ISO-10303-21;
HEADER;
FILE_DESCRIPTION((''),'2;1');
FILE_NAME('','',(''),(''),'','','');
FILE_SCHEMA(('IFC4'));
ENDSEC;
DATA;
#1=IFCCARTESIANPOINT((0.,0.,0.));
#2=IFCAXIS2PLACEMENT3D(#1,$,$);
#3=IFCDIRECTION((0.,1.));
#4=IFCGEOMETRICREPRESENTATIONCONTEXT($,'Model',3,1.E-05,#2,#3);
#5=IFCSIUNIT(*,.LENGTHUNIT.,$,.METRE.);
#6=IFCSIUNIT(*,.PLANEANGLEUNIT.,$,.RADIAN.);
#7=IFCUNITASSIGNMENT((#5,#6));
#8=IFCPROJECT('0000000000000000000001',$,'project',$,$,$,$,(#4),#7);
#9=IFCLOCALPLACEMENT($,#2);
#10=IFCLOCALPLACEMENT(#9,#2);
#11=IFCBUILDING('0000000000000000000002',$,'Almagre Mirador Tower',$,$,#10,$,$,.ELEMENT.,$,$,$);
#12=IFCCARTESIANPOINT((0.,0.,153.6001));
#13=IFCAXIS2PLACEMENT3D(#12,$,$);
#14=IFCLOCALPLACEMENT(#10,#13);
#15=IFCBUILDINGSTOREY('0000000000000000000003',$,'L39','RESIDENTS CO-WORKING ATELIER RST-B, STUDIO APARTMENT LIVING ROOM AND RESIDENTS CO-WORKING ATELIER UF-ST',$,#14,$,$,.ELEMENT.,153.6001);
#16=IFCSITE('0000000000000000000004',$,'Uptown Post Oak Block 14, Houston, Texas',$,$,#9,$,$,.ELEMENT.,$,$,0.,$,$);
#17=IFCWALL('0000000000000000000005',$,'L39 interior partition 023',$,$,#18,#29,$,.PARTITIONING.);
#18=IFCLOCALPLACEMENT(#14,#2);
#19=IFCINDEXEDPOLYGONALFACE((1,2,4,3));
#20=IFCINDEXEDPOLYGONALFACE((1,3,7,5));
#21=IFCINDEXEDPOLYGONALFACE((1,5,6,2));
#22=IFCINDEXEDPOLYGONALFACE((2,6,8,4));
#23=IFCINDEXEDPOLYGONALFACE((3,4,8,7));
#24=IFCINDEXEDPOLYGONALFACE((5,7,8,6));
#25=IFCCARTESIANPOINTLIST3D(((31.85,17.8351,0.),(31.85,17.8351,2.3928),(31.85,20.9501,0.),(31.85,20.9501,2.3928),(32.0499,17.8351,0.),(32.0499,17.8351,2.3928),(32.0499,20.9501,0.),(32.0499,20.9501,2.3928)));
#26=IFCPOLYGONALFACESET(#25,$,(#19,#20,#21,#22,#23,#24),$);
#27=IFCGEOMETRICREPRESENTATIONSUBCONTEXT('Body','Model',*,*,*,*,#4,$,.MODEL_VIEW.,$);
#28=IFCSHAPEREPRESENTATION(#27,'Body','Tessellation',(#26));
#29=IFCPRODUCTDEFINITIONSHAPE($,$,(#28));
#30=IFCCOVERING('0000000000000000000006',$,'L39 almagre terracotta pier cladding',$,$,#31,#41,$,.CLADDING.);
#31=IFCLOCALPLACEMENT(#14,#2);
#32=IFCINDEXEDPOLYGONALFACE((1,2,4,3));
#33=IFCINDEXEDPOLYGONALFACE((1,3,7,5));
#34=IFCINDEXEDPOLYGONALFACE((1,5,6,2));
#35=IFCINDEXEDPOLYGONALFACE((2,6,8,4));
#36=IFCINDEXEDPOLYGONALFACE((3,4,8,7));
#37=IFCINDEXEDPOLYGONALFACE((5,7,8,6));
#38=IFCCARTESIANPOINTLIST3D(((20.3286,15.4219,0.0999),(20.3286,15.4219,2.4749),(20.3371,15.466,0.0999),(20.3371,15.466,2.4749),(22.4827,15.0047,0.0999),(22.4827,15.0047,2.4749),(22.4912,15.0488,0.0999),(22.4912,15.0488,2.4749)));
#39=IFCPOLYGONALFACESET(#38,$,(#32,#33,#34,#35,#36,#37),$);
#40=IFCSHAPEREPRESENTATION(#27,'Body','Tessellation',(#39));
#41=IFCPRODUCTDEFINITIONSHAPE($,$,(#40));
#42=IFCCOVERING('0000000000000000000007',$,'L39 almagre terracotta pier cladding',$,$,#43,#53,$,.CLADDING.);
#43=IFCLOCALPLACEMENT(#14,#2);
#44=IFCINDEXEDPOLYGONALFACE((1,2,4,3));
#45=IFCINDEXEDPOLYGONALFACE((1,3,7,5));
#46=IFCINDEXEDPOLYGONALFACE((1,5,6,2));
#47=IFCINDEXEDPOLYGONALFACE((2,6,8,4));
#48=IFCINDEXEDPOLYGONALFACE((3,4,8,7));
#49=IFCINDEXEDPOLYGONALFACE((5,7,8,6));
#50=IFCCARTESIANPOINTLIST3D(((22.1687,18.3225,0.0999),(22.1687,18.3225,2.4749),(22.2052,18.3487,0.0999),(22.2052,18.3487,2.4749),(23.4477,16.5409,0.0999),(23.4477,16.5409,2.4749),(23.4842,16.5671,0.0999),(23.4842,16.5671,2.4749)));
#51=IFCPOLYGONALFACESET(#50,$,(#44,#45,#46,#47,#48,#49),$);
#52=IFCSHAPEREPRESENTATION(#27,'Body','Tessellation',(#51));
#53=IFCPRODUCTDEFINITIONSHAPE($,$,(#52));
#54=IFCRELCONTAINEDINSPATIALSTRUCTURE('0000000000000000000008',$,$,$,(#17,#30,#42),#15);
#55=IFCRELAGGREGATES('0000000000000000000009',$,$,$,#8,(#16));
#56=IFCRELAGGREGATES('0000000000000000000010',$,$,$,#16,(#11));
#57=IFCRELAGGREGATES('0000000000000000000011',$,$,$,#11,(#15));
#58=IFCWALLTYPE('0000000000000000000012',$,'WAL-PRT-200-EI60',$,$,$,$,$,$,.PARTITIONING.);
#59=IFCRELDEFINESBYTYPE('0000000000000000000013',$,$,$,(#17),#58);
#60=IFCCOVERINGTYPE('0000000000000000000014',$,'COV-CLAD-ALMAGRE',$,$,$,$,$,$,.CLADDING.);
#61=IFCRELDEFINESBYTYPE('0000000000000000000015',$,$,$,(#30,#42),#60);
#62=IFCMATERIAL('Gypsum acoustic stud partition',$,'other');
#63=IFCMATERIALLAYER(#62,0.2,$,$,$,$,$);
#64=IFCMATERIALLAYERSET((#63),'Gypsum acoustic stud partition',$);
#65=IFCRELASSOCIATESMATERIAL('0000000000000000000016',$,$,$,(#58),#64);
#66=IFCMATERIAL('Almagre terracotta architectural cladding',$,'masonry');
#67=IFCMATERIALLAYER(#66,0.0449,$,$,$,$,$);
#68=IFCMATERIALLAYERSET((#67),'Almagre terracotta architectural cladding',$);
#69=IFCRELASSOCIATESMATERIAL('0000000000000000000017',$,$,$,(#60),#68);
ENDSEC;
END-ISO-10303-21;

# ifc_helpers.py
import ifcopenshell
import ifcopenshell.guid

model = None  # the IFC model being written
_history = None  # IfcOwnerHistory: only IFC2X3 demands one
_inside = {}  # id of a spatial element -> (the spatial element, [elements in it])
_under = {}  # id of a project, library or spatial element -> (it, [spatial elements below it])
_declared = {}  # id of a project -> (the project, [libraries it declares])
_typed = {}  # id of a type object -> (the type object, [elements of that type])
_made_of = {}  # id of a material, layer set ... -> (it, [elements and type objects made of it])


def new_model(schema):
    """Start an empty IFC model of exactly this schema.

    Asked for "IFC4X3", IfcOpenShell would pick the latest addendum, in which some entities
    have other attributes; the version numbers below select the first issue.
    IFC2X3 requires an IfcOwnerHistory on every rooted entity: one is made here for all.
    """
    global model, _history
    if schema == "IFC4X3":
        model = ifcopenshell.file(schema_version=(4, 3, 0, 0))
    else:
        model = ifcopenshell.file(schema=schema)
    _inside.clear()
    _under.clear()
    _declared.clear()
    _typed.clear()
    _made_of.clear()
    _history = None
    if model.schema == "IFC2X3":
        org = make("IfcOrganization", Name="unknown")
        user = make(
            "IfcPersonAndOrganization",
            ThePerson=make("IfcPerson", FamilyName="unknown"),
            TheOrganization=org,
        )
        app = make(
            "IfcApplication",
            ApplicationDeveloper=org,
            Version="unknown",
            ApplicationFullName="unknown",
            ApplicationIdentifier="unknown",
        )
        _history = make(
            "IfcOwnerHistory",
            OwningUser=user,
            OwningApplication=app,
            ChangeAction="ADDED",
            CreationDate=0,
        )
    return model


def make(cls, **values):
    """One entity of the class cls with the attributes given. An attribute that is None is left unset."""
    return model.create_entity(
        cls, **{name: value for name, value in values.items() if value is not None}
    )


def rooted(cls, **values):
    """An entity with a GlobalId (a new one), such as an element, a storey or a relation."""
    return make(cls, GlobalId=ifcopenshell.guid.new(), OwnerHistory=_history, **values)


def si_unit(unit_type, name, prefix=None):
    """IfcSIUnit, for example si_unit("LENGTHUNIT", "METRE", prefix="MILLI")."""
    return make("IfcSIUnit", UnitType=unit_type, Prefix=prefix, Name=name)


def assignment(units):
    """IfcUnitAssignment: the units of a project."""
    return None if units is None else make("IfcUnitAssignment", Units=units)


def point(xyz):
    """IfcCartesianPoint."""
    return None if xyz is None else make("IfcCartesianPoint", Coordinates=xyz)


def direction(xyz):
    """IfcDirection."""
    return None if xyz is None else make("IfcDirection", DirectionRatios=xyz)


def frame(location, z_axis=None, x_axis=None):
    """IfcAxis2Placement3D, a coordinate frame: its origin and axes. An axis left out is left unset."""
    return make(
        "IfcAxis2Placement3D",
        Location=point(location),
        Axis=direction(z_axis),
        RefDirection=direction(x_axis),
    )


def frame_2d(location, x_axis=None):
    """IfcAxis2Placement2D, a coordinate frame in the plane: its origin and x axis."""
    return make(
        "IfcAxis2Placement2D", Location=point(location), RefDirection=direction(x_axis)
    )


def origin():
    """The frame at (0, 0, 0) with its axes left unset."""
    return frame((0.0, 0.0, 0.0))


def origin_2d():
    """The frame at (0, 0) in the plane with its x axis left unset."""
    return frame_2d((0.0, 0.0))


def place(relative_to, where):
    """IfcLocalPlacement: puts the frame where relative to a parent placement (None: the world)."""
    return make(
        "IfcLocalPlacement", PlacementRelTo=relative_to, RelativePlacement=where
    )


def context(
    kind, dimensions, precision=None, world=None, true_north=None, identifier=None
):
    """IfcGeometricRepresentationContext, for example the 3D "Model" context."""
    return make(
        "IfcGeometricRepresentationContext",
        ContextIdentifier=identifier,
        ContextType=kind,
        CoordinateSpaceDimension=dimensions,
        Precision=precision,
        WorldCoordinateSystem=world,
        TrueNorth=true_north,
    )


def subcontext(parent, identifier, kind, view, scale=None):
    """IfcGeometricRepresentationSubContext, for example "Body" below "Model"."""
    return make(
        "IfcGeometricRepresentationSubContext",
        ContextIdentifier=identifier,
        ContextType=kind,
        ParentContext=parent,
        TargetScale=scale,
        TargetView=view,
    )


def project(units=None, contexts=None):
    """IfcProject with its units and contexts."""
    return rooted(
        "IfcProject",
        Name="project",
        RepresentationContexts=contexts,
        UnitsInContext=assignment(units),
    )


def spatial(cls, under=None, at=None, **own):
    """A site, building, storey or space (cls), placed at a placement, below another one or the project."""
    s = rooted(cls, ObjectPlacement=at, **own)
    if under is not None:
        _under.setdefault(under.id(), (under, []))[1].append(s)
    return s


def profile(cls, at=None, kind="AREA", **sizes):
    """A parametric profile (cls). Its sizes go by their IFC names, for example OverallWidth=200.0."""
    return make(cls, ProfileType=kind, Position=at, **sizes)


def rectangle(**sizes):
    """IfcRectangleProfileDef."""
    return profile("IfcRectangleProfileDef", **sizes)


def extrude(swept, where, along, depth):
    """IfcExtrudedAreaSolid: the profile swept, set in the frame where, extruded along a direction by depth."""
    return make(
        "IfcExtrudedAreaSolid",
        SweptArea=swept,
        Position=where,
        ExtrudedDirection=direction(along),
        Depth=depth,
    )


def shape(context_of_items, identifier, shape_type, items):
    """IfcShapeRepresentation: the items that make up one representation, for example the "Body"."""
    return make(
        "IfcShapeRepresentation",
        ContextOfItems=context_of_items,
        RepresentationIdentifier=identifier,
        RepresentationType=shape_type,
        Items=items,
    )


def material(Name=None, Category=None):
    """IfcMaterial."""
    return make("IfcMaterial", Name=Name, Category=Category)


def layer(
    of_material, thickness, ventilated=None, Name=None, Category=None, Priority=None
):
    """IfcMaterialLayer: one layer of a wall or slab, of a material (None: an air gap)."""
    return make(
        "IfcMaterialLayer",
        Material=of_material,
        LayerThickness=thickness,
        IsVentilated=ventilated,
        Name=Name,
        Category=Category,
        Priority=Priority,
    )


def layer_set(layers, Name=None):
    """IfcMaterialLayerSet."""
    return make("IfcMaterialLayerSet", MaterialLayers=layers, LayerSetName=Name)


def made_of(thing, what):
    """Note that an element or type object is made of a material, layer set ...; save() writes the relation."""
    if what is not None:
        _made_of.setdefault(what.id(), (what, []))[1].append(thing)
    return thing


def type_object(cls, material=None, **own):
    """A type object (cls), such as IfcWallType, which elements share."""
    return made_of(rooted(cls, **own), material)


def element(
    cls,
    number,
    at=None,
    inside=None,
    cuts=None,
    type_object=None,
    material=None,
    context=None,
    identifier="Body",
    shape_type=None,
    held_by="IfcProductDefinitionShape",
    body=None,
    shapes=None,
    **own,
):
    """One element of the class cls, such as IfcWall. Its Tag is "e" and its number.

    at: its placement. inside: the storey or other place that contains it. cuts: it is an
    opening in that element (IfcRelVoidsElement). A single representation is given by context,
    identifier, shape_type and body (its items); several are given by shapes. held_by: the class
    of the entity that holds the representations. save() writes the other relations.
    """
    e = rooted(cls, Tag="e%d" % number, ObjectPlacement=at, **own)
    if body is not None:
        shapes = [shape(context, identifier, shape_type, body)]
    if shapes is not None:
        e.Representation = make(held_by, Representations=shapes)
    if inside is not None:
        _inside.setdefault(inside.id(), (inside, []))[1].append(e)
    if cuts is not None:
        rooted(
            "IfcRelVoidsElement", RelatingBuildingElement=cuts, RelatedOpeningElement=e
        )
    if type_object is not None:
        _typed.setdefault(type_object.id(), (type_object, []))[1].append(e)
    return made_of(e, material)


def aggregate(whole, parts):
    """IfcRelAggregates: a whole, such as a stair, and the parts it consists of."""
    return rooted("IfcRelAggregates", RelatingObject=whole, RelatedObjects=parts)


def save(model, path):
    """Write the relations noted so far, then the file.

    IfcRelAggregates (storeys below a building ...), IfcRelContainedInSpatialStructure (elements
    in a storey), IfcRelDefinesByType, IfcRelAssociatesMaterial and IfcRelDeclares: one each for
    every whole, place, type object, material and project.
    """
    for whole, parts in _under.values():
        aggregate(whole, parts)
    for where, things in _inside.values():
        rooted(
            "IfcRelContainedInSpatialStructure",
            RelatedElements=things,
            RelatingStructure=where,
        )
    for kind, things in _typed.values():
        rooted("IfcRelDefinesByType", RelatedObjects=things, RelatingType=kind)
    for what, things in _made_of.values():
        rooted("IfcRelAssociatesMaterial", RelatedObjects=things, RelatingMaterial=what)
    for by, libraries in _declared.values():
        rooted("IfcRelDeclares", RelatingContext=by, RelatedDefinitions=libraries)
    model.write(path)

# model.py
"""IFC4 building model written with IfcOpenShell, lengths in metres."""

from ifc_helpers import new_model, si_unit, direction, frame, frame_2d, origin, origin_2d, place, context, subcontext, project, spatial, rectangle, extrude, material, layer, layer_set, type_object, element, save


model = new_model("IFC4")

# Units and contexts
model_context = context("Model", 3, precision=1e-05, world=origin(), true_north=direction((0.0, 1.0)))
body_context = subcontext(model_context, "Body", "Model", "MODEL_VIEW")
ifc_project = project(units=[si_unit("LENGTHUNIT", "METRE"), si_unit("PLANEANGLEUNIT", "RADIAN")], contexts=[model_context])

# Site, building, storey
site_placement = place(None, origin())
site = spatial("IfcSite", under=ifc_project, at=site_placement, Name="Uptown Post Oak Block 14, Houston, Texas", CompositionType="ELEMENT", RefElevation=0.0)
building_placement = place(site_placement, origin())
building = spatial("IfcBuilding", under=site, at=building_placement, Name="Almagre Mirador Tower", CompositionType="ELEMENT")
storey_placement = place(building_placement, frame((0.0, 0.0, 153.6001)))
storey = spatial("IfcBuildingStorey", under=building, at=storey_placement, Name="L39", Description="RESIDENTS CO-WORKING ATELIER RST-B, STUDIO APARTMENT LIVING ROOM AND RESIDENTS CO-WORKING ATELIER UF-ST", CompositionType="ELEMENT", Elevation=153.6001)

# Shared definitions
ifc_material_1 = material(Name="Gypsum acoustic stud partition", Category="other")
ifc_layer_1 = layer(ifc_material_1, 0.2)
ifc_layer_set_1 = layer_set([ifc_layer_1], Name="Gypsum acoustic stud partition")
wall_type_1 = type_object("IfcWallType", Name="WAL-PRT-200-EI60", PredefinedType="PARTITIONING", material=ifc_layer_set_1)

# Wall
wall_1_placement = place(storey_placement, frame((31.95, 17.835, 0.0), z_axis=(0.0, 0.0, 1.0), x_axis=(0.0, 1.0, 0.0)))
element("IfcWall", 1, at=wall_1_placement, inside=storey, type_object=wall_type_1, Name="L39 interior partition 023", PredefinedType="PARTITIONING", context=body_context, shape_type="SweptSolid", body=[
    extrude(rectangle(XDim=3.115, YDim=0.2, at=frame_2d((1.5576, 0.0))), origin(), (0.0, 0.0, 1.0), 2.3928),
])

# Coverings
ifc_material_2 = material(Name="Almagre terracotta architectural cladding", Category="masonry")
ifc_layer_2 = layer(ifc_material_2, 0.0449)
ifc_layer_set_2 = layer_set([ifc_layer_2], Name="Almagre terracotta architectural cladding")
covering_type = type_object("IfcCoveringType", Name="COV-CLAD-ALMAGRE", PredefinedType="CLADDING", material=ifc_layer_set_2)
covering_1_placement = place(storey_placement, frame((21.4099, 15.2354, 0.0999), z_axis=(0.0, 0.0, 1.0), x_axis=(0.98176, -0.190124, 0.0)))
element("IfcCovering", 2, at=covering_1_placement, inside=storey, type_object=covering_type, Name="L39 almagre terracotta pier cladding", PredefinedType="CLADDING", context=body_context, shape_type="SweptSolid", body=[
    extrude(rectangle(XDim=2.1941, YDim=0.0449, at=origin_2d()), origin(), (0.0, 0.0, 1.0), 2.375),
])
covering_2_placement = place(storey_placement, frame((22.8264, 17.4448, 0.0999), z_axis=(0.0, 0.0, 1.0), x_axis=(-0.583187, 0.812338, 0.0)))
element("IfcCovering", 3, at=covering_2_placement, inside=storey, type_object=covering_type, Name="L39 almagre terracotta pier cladding", PredefinedType="CLADDING", context=body_context, shape_type="SweptSolid", body=[
    extrude(rectangle(XDim=2.1931, YDim=0.0449, at=origin_2d()), origin(), (0.0, 0.0, 1.0), 2.375),
])

save(model, "model.ifc")
